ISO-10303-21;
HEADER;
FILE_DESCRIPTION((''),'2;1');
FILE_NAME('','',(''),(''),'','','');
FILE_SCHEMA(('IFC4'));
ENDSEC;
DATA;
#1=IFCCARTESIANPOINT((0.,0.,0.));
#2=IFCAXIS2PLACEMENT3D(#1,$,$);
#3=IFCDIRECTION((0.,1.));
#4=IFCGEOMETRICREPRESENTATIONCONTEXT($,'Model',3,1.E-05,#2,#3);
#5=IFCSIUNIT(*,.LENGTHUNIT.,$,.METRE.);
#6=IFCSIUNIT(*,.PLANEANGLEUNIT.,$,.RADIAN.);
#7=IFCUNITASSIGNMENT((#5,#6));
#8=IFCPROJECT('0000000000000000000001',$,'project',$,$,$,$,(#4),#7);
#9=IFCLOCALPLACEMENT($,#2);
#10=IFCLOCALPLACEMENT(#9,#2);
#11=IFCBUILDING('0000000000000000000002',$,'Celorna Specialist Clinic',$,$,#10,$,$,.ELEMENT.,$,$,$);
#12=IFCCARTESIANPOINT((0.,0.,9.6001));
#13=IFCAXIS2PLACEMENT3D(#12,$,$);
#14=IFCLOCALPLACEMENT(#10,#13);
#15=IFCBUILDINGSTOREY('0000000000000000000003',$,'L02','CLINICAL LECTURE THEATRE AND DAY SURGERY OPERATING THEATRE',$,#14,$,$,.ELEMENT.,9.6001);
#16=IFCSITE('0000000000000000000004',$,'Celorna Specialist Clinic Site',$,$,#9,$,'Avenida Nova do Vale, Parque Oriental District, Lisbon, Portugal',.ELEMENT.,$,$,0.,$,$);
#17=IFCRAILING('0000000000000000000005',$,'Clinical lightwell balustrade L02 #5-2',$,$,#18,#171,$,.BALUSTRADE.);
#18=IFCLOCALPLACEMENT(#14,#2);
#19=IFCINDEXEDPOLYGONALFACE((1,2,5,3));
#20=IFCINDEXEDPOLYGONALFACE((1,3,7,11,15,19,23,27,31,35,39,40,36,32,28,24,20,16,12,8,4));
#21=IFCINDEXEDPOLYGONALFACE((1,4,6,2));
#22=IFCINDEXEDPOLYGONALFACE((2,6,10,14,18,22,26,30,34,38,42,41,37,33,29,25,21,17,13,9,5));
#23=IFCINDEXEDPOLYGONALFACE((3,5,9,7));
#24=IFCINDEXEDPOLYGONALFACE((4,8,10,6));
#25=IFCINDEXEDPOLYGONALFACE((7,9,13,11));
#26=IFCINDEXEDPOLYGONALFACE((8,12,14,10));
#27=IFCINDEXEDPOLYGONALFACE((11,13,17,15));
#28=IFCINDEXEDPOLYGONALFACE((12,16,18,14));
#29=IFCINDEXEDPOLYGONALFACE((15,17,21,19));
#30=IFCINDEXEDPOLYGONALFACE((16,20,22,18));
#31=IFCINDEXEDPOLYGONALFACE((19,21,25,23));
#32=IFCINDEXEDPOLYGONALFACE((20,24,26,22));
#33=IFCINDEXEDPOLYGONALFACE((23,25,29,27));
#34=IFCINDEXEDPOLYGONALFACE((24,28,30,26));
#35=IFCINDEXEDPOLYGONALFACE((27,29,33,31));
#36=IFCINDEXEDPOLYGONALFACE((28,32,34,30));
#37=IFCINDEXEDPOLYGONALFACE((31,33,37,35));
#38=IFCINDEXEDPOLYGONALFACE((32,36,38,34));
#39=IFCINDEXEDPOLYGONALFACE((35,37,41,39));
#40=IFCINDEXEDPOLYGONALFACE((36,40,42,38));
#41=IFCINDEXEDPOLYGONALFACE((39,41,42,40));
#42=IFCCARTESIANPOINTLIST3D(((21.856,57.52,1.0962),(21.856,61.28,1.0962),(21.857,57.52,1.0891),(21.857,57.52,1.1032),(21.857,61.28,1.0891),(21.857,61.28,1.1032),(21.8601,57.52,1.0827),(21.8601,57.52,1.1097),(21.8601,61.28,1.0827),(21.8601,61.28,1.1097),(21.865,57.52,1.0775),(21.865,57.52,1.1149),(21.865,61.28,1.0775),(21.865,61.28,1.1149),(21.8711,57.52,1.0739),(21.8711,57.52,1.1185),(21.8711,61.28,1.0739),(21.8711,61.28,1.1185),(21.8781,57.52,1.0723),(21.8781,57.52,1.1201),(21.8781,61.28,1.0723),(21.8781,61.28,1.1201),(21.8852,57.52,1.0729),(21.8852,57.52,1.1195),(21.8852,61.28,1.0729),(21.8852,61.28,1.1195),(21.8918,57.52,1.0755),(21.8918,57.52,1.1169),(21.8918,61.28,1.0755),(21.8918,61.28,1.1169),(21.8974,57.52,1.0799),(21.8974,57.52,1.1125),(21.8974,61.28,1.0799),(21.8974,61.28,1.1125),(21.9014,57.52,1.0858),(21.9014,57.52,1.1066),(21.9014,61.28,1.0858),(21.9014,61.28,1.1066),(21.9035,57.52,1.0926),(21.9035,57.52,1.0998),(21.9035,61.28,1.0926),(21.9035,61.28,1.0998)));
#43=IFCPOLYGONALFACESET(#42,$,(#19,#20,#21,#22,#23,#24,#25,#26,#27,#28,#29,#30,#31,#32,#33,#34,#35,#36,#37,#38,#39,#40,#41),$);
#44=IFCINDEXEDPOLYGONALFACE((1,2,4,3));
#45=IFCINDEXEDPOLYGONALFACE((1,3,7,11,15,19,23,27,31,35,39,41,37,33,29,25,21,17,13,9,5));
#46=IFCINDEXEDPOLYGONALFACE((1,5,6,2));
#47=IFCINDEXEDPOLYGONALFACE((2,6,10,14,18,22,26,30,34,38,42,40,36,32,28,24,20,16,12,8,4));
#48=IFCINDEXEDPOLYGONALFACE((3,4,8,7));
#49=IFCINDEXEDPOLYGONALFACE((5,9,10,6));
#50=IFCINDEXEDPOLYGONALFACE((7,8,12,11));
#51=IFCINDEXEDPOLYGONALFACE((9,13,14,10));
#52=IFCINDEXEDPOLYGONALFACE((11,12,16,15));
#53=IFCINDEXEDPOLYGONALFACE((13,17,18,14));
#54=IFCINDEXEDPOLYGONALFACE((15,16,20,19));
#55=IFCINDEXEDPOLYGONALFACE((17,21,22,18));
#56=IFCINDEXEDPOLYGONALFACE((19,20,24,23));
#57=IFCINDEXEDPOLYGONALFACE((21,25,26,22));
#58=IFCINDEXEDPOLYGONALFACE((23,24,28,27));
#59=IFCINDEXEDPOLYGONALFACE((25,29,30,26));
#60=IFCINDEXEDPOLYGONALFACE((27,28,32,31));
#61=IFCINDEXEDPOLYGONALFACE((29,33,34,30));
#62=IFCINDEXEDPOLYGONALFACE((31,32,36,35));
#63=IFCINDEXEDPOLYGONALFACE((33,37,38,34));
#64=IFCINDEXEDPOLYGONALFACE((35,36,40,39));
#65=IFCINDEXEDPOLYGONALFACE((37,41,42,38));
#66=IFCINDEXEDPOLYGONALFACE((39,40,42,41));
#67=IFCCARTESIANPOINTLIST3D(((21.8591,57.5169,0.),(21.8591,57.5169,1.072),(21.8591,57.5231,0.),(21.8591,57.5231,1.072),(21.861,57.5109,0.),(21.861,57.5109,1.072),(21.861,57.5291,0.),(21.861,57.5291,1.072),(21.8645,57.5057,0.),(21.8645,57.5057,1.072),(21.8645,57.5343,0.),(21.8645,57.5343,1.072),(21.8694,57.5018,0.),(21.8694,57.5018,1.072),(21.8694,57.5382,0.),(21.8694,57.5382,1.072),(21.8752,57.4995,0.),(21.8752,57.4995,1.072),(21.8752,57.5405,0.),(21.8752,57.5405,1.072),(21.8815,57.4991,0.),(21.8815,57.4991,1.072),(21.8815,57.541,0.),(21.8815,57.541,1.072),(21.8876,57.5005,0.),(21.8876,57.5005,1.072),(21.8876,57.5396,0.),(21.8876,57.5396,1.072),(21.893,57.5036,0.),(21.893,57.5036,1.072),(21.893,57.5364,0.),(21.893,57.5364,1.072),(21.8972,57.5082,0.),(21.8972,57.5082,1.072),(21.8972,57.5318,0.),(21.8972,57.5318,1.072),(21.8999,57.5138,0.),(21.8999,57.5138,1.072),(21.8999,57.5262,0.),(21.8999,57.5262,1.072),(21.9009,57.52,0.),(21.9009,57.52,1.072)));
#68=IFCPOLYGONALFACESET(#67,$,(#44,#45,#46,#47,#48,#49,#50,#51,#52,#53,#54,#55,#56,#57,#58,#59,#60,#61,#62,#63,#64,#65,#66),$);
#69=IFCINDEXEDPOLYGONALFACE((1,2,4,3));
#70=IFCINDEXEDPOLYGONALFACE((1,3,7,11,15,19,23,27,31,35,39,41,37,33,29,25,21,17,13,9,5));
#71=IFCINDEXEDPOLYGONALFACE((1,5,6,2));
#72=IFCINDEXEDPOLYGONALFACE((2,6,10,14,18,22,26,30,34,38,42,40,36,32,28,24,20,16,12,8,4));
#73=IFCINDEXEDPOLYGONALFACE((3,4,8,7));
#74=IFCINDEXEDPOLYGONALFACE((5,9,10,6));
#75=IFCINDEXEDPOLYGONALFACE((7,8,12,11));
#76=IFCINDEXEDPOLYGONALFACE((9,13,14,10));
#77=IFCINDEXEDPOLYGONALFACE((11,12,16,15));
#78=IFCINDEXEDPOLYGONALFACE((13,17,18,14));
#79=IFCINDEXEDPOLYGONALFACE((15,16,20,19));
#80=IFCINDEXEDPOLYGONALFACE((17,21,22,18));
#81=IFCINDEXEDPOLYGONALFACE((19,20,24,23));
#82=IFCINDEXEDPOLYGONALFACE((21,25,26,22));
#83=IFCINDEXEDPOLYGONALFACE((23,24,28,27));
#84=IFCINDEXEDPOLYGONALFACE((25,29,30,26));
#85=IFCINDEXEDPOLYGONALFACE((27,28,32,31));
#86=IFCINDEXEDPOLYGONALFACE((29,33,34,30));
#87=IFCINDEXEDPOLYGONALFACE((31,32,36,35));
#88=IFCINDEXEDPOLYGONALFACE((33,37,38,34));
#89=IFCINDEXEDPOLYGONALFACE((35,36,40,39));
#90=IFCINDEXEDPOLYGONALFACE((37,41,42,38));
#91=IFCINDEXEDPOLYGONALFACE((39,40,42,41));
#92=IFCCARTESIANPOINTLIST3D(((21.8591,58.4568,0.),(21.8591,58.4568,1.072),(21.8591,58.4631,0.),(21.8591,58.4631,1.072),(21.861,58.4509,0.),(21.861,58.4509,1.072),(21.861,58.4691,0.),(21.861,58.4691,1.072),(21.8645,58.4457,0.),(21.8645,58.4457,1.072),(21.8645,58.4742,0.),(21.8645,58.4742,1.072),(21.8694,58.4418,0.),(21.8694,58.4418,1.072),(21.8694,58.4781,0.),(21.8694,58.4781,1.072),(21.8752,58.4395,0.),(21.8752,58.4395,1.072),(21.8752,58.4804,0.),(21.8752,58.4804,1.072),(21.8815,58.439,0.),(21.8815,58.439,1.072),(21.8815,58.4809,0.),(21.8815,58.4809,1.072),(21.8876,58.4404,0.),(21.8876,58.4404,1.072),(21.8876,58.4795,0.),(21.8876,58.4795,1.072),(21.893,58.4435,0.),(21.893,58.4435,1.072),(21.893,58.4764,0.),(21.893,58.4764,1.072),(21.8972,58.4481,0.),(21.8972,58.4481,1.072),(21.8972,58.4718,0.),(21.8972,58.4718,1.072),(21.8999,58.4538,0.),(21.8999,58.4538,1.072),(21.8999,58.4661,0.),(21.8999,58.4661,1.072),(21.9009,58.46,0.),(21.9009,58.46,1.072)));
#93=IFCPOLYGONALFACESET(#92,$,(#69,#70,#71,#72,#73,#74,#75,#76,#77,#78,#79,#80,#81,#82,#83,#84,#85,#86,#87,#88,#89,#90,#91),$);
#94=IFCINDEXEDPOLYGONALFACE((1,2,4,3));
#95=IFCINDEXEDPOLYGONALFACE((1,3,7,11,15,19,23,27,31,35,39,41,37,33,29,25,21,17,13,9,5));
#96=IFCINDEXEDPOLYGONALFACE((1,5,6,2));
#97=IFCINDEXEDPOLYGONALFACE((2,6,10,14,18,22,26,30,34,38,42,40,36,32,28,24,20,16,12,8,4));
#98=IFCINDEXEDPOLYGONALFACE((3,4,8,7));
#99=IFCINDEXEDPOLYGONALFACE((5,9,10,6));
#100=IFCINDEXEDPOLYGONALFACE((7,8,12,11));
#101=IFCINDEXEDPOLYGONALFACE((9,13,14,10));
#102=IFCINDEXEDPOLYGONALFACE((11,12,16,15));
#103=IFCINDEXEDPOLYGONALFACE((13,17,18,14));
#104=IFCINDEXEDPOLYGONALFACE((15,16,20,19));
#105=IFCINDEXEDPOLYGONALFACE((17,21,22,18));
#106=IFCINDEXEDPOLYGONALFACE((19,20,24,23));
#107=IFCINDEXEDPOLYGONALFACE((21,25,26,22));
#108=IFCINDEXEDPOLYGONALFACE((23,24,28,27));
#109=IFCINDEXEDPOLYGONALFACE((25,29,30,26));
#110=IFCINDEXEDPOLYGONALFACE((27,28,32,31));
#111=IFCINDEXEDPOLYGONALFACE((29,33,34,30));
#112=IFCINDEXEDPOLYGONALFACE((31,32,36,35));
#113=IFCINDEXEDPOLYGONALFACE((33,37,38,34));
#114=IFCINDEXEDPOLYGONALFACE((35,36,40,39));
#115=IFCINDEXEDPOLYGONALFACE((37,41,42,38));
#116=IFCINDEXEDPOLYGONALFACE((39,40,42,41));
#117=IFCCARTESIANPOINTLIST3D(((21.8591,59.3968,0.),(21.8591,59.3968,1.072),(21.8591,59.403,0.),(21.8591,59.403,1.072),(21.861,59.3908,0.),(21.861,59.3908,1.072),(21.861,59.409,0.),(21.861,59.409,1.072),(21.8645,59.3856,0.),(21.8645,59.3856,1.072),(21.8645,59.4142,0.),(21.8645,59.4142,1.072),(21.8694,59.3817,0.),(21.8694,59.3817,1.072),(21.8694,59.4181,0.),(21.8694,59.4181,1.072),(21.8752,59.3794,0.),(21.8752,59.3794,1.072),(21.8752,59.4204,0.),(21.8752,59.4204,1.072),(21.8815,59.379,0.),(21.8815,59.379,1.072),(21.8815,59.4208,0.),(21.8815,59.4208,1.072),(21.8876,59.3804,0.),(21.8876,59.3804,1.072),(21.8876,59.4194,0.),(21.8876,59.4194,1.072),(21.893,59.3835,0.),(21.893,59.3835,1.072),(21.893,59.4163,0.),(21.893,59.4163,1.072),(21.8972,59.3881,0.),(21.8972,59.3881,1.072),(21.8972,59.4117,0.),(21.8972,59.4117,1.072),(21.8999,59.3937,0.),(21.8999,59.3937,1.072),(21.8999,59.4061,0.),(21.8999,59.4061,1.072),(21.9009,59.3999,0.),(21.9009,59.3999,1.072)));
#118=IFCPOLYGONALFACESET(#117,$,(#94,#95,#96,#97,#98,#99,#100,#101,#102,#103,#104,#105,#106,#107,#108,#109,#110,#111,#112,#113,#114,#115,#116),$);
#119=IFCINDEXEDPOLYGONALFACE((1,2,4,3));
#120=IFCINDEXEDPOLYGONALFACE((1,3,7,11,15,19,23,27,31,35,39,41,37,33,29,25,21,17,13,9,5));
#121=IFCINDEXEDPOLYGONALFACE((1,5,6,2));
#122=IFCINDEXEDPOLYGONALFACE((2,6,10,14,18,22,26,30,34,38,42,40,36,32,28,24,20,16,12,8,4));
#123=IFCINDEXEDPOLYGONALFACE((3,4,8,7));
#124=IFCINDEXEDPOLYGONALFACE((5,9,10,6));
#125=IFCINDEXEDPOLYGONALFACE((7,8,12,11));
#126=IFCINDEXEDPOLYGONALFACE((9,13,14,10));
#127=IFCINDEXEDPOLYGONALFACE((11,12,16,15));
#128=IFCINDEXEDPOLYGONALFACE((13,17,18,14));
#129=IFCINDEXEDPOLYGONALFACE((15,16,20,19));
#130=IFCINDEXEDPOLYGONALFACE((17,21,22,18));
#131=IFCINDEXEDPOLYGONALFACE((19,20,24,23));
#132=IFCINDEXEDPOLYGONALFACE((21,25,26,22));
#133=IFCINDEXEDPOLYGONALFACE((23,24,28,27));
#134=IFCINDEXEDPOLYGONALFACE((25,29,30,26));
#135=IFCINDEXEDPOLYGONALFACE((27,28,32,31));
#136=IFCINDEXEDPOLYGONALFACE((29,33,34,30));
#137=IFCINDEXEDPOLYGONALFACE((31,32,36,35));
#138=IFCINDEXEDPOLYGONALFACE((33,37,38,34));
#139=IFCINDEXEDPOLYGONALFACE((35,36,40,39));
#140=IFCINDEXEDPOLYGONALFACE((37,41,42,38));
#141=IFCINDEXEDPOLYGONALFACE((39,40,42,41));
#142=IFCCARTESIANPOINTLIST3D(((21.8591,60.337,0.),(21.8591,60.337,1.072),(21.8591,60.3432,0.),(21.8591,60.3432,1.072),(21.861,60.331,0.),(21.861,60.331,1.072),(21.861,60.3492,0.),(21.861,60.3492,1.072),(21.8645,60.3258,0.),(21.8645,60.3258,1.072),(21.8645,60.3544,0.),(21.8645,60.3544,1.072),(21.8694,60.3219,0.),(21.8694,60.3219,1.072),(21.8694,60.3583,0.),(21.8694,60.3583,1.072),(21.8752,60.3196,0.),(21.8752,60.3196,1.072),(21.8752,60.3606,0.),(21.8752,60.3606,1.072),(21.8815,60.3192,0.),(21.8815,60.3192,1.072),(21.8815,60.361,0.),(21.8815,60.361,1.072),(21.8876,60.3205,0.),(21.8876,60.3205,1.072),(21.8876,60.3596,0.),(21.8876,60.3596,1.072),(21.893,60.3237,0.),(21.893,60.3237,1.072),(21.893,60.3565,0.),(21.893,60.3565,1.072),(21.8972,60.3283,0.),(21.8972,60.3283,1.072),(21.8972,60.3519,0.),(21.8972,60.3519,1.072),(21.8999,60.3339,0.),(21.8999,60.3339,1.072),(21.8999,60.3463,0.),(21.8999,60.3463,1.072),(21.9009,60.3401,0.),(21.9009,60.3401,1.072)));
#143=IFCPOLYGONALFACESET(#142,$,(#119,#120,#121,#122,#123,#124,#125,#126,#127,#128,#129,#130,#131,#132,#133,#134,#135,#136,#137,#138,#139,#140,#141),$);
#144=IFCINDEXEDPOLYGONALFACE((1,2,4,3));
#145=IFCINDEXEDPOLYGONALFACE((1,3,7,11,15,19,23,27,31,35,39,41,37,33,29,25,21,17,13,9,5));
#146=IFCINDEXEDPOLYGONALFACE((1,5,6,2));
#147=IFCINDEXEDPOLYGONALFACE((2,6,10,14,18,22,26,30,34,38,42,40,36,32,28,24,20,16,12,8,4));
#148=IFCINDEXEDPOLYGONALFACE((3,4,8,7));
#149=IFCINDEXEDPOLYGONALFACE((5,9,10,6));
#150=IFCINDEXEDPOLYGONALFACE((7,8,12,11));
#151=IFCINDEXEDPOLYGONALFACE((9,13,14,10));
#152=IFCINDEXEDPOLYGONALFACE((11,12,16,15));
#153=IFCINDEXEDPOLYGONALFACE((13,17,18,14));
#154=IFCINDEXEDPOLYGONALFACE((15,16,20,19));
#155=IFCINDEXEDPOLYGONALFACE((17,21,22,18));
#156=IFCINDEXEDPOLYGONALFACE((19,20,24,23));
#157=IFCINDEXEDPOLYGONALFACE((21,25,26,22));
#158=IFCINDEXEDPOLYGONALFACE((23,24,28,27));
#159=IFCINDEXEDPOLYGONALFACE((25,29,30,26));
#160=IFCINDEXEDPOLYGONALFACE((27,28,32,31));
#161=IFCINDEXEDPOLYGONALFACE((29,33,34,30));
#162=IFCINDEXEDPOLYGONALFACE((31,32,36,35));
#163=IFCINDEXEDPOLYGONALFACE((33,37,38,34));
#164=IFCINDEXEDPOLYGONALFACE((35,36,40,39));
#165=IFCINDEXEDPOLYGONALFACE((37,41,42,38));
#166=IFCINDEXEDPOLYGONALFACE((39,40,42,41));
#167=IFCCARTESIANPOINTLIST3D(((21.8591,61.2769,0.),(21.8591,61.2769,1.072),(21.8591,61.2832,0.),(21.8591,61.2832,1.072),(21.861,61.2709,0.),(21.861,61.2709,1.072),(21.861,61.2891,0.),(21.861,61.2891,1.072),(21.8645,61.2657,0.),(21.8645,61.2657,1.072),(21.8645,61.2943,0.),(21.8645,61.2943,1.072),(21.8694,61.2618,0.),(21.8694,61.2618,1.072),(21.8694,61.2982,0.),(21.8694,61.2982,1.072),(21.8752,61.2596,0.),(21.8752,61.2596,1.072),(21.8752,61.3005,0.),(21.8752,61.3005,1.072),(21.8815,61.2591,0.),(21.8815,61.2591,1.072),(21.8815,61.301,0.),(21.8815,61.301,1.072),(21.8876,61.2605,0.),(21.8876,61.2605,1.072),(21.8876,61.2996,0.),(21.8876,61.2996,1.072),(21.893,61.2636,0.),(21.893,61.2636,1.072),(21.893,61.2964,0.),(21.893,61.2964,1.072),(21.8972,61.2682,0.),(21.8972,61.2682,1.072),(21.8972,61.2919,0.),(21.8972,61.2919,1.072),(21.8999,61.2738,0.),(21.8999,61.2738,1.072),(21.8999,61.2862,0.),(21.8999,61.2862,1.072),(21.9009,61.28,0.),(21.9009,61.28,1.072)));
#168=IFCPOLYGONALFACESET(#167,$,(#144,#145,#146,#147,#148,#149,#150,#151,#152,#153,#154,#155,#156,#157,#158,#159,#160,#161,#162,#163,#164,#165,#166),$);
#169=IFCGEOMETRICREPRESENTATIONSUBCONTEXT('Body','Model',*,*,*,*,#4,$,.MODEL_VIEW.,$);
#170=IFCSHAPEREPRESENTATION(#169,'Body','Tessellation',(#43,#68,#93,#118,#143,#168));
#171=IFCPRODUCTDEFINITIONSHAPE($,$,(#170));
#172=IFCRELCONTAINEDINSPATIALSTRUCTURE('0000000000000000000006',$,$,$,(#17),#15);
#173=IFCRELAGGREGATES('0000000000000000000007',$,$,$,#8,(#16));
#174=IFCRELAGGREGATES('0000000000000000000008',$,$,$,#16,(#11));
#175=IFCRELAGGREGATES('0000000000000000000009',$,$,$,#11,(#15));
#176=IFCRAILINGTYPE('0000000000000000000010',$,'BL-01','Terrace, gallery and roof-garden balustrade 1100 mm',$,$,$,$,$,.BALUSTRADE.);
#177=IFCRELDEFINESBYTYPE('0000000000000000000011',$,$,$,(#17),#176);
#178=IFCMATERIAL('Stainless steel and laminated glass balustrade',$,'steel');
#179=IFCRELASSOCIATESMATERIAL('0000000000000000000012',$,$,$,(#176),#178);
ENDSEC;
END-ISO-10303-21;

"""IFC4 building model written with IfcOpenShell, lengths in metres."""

from ifc_helpers import new_model, si_unit, direction, frame, origin, origin_2d, place, context, subcontext, project, spatial, circle, extrude, material, type_object, element, save


model = new_model("IFC4")

# Units and contexts
model_context = context("Model", 3, precision=1e-05, world=origin(), true_north=direction((0.0, 1.0)))
body_context = subcontext(model_context, "Body", "Model", "MODEL_VIEW")
ifc_project = project(units=[si_unit("LENGTHUNIT", "METRE"), si_unit("PLANEANGLEUNIT", "RADIAN")], contexts=[model_context])

# Site, building, storey
site_placement = place(None, origin())
site = spatial("IfcSite", under=ifc_project, at=site_placement, Name="Celorna Specialist Clinic Site", LongName="Avenida Nova do Vale, Parque Oriental District, Lisbon, Portugal", CompositionType="ELEMENT", RefElevation=0.0)
building_placement = place(site_placement, origin())
building = spatial("IfcBuilding", under=site, at=building_placement, Name="Celorna Specialist Clinic", CompositionType="ELEMENT")
storey_placement = place(building_placement, frame((0.0, 0.0, 9.6001)))
storey = spatial("IfcBuildingStorey", under=building, at=storey_placement, Name="L02", Description="CLINICAL LECTURE THEATRE AND DAY SURGERY OPERATING THEATRE", CompositionType="ELEMENT", Elevation=9.6001)

# Railing
ifc_material_1 = material(Name="Stainless steel and laminated glass balustrade", Category="steel")
railing_type = type_object("IfcRailingType", Name="BL-01", Description="Terrace, gallery and roof-garden balustrade 1100 mm", PredefinedType="BALUSTRADE", material=ifc_material_1)
railing_1_placement = place(storey_placement, frame((21.8799, 57.52, 0.0)))
element("IfcRailing", 1, at=railing_1_placement, inside=storey, type_object=railing_type, Name="Clinical lightwell balustrade L02 #5-2", PredefinedType="BALUSTRADE", context=body_context, shape_type="SweptSolid", body=[
    extrude(circle(Radius=0.0239, at=origin_2d()), frame((0.0, 0.0, 1.0962), z_axis=(0.0, 1.0, 0.0), x_axis=(-1.0, 0.0, 0.0)), (0.0, 0.0, 1.0), 3.76),
    extrude(circle(Radius=0.021, at=origin_2d()), origin(), (0.0, 0.0, 1.0), 1.072),
    extrude(circle(Radius=0.021, at=origin_2d()), frame((0.0, 0.9399, 0.0)), (0.0, 0.0, 1.0), 1.072),
    extrude(circle(Radius=0.021, at=origin_2d()), frame((0.0, 1.8799, 0.0)), (0.0, 0.0, 1.0), 1.072),
    extrude(circle(Radius=0.021, at=origin_2d()), frame((0.0, 2.8201, 0.0)), (0.0, 0.0, 1.0), 1.072),
    extrude(circle(Radius=0.021, at=origin_2d()), frame((0.0, 3.76, 0.0)), (0.0, 0.0, 1.0), 1.072),
])

save(model, "model.ifc")
